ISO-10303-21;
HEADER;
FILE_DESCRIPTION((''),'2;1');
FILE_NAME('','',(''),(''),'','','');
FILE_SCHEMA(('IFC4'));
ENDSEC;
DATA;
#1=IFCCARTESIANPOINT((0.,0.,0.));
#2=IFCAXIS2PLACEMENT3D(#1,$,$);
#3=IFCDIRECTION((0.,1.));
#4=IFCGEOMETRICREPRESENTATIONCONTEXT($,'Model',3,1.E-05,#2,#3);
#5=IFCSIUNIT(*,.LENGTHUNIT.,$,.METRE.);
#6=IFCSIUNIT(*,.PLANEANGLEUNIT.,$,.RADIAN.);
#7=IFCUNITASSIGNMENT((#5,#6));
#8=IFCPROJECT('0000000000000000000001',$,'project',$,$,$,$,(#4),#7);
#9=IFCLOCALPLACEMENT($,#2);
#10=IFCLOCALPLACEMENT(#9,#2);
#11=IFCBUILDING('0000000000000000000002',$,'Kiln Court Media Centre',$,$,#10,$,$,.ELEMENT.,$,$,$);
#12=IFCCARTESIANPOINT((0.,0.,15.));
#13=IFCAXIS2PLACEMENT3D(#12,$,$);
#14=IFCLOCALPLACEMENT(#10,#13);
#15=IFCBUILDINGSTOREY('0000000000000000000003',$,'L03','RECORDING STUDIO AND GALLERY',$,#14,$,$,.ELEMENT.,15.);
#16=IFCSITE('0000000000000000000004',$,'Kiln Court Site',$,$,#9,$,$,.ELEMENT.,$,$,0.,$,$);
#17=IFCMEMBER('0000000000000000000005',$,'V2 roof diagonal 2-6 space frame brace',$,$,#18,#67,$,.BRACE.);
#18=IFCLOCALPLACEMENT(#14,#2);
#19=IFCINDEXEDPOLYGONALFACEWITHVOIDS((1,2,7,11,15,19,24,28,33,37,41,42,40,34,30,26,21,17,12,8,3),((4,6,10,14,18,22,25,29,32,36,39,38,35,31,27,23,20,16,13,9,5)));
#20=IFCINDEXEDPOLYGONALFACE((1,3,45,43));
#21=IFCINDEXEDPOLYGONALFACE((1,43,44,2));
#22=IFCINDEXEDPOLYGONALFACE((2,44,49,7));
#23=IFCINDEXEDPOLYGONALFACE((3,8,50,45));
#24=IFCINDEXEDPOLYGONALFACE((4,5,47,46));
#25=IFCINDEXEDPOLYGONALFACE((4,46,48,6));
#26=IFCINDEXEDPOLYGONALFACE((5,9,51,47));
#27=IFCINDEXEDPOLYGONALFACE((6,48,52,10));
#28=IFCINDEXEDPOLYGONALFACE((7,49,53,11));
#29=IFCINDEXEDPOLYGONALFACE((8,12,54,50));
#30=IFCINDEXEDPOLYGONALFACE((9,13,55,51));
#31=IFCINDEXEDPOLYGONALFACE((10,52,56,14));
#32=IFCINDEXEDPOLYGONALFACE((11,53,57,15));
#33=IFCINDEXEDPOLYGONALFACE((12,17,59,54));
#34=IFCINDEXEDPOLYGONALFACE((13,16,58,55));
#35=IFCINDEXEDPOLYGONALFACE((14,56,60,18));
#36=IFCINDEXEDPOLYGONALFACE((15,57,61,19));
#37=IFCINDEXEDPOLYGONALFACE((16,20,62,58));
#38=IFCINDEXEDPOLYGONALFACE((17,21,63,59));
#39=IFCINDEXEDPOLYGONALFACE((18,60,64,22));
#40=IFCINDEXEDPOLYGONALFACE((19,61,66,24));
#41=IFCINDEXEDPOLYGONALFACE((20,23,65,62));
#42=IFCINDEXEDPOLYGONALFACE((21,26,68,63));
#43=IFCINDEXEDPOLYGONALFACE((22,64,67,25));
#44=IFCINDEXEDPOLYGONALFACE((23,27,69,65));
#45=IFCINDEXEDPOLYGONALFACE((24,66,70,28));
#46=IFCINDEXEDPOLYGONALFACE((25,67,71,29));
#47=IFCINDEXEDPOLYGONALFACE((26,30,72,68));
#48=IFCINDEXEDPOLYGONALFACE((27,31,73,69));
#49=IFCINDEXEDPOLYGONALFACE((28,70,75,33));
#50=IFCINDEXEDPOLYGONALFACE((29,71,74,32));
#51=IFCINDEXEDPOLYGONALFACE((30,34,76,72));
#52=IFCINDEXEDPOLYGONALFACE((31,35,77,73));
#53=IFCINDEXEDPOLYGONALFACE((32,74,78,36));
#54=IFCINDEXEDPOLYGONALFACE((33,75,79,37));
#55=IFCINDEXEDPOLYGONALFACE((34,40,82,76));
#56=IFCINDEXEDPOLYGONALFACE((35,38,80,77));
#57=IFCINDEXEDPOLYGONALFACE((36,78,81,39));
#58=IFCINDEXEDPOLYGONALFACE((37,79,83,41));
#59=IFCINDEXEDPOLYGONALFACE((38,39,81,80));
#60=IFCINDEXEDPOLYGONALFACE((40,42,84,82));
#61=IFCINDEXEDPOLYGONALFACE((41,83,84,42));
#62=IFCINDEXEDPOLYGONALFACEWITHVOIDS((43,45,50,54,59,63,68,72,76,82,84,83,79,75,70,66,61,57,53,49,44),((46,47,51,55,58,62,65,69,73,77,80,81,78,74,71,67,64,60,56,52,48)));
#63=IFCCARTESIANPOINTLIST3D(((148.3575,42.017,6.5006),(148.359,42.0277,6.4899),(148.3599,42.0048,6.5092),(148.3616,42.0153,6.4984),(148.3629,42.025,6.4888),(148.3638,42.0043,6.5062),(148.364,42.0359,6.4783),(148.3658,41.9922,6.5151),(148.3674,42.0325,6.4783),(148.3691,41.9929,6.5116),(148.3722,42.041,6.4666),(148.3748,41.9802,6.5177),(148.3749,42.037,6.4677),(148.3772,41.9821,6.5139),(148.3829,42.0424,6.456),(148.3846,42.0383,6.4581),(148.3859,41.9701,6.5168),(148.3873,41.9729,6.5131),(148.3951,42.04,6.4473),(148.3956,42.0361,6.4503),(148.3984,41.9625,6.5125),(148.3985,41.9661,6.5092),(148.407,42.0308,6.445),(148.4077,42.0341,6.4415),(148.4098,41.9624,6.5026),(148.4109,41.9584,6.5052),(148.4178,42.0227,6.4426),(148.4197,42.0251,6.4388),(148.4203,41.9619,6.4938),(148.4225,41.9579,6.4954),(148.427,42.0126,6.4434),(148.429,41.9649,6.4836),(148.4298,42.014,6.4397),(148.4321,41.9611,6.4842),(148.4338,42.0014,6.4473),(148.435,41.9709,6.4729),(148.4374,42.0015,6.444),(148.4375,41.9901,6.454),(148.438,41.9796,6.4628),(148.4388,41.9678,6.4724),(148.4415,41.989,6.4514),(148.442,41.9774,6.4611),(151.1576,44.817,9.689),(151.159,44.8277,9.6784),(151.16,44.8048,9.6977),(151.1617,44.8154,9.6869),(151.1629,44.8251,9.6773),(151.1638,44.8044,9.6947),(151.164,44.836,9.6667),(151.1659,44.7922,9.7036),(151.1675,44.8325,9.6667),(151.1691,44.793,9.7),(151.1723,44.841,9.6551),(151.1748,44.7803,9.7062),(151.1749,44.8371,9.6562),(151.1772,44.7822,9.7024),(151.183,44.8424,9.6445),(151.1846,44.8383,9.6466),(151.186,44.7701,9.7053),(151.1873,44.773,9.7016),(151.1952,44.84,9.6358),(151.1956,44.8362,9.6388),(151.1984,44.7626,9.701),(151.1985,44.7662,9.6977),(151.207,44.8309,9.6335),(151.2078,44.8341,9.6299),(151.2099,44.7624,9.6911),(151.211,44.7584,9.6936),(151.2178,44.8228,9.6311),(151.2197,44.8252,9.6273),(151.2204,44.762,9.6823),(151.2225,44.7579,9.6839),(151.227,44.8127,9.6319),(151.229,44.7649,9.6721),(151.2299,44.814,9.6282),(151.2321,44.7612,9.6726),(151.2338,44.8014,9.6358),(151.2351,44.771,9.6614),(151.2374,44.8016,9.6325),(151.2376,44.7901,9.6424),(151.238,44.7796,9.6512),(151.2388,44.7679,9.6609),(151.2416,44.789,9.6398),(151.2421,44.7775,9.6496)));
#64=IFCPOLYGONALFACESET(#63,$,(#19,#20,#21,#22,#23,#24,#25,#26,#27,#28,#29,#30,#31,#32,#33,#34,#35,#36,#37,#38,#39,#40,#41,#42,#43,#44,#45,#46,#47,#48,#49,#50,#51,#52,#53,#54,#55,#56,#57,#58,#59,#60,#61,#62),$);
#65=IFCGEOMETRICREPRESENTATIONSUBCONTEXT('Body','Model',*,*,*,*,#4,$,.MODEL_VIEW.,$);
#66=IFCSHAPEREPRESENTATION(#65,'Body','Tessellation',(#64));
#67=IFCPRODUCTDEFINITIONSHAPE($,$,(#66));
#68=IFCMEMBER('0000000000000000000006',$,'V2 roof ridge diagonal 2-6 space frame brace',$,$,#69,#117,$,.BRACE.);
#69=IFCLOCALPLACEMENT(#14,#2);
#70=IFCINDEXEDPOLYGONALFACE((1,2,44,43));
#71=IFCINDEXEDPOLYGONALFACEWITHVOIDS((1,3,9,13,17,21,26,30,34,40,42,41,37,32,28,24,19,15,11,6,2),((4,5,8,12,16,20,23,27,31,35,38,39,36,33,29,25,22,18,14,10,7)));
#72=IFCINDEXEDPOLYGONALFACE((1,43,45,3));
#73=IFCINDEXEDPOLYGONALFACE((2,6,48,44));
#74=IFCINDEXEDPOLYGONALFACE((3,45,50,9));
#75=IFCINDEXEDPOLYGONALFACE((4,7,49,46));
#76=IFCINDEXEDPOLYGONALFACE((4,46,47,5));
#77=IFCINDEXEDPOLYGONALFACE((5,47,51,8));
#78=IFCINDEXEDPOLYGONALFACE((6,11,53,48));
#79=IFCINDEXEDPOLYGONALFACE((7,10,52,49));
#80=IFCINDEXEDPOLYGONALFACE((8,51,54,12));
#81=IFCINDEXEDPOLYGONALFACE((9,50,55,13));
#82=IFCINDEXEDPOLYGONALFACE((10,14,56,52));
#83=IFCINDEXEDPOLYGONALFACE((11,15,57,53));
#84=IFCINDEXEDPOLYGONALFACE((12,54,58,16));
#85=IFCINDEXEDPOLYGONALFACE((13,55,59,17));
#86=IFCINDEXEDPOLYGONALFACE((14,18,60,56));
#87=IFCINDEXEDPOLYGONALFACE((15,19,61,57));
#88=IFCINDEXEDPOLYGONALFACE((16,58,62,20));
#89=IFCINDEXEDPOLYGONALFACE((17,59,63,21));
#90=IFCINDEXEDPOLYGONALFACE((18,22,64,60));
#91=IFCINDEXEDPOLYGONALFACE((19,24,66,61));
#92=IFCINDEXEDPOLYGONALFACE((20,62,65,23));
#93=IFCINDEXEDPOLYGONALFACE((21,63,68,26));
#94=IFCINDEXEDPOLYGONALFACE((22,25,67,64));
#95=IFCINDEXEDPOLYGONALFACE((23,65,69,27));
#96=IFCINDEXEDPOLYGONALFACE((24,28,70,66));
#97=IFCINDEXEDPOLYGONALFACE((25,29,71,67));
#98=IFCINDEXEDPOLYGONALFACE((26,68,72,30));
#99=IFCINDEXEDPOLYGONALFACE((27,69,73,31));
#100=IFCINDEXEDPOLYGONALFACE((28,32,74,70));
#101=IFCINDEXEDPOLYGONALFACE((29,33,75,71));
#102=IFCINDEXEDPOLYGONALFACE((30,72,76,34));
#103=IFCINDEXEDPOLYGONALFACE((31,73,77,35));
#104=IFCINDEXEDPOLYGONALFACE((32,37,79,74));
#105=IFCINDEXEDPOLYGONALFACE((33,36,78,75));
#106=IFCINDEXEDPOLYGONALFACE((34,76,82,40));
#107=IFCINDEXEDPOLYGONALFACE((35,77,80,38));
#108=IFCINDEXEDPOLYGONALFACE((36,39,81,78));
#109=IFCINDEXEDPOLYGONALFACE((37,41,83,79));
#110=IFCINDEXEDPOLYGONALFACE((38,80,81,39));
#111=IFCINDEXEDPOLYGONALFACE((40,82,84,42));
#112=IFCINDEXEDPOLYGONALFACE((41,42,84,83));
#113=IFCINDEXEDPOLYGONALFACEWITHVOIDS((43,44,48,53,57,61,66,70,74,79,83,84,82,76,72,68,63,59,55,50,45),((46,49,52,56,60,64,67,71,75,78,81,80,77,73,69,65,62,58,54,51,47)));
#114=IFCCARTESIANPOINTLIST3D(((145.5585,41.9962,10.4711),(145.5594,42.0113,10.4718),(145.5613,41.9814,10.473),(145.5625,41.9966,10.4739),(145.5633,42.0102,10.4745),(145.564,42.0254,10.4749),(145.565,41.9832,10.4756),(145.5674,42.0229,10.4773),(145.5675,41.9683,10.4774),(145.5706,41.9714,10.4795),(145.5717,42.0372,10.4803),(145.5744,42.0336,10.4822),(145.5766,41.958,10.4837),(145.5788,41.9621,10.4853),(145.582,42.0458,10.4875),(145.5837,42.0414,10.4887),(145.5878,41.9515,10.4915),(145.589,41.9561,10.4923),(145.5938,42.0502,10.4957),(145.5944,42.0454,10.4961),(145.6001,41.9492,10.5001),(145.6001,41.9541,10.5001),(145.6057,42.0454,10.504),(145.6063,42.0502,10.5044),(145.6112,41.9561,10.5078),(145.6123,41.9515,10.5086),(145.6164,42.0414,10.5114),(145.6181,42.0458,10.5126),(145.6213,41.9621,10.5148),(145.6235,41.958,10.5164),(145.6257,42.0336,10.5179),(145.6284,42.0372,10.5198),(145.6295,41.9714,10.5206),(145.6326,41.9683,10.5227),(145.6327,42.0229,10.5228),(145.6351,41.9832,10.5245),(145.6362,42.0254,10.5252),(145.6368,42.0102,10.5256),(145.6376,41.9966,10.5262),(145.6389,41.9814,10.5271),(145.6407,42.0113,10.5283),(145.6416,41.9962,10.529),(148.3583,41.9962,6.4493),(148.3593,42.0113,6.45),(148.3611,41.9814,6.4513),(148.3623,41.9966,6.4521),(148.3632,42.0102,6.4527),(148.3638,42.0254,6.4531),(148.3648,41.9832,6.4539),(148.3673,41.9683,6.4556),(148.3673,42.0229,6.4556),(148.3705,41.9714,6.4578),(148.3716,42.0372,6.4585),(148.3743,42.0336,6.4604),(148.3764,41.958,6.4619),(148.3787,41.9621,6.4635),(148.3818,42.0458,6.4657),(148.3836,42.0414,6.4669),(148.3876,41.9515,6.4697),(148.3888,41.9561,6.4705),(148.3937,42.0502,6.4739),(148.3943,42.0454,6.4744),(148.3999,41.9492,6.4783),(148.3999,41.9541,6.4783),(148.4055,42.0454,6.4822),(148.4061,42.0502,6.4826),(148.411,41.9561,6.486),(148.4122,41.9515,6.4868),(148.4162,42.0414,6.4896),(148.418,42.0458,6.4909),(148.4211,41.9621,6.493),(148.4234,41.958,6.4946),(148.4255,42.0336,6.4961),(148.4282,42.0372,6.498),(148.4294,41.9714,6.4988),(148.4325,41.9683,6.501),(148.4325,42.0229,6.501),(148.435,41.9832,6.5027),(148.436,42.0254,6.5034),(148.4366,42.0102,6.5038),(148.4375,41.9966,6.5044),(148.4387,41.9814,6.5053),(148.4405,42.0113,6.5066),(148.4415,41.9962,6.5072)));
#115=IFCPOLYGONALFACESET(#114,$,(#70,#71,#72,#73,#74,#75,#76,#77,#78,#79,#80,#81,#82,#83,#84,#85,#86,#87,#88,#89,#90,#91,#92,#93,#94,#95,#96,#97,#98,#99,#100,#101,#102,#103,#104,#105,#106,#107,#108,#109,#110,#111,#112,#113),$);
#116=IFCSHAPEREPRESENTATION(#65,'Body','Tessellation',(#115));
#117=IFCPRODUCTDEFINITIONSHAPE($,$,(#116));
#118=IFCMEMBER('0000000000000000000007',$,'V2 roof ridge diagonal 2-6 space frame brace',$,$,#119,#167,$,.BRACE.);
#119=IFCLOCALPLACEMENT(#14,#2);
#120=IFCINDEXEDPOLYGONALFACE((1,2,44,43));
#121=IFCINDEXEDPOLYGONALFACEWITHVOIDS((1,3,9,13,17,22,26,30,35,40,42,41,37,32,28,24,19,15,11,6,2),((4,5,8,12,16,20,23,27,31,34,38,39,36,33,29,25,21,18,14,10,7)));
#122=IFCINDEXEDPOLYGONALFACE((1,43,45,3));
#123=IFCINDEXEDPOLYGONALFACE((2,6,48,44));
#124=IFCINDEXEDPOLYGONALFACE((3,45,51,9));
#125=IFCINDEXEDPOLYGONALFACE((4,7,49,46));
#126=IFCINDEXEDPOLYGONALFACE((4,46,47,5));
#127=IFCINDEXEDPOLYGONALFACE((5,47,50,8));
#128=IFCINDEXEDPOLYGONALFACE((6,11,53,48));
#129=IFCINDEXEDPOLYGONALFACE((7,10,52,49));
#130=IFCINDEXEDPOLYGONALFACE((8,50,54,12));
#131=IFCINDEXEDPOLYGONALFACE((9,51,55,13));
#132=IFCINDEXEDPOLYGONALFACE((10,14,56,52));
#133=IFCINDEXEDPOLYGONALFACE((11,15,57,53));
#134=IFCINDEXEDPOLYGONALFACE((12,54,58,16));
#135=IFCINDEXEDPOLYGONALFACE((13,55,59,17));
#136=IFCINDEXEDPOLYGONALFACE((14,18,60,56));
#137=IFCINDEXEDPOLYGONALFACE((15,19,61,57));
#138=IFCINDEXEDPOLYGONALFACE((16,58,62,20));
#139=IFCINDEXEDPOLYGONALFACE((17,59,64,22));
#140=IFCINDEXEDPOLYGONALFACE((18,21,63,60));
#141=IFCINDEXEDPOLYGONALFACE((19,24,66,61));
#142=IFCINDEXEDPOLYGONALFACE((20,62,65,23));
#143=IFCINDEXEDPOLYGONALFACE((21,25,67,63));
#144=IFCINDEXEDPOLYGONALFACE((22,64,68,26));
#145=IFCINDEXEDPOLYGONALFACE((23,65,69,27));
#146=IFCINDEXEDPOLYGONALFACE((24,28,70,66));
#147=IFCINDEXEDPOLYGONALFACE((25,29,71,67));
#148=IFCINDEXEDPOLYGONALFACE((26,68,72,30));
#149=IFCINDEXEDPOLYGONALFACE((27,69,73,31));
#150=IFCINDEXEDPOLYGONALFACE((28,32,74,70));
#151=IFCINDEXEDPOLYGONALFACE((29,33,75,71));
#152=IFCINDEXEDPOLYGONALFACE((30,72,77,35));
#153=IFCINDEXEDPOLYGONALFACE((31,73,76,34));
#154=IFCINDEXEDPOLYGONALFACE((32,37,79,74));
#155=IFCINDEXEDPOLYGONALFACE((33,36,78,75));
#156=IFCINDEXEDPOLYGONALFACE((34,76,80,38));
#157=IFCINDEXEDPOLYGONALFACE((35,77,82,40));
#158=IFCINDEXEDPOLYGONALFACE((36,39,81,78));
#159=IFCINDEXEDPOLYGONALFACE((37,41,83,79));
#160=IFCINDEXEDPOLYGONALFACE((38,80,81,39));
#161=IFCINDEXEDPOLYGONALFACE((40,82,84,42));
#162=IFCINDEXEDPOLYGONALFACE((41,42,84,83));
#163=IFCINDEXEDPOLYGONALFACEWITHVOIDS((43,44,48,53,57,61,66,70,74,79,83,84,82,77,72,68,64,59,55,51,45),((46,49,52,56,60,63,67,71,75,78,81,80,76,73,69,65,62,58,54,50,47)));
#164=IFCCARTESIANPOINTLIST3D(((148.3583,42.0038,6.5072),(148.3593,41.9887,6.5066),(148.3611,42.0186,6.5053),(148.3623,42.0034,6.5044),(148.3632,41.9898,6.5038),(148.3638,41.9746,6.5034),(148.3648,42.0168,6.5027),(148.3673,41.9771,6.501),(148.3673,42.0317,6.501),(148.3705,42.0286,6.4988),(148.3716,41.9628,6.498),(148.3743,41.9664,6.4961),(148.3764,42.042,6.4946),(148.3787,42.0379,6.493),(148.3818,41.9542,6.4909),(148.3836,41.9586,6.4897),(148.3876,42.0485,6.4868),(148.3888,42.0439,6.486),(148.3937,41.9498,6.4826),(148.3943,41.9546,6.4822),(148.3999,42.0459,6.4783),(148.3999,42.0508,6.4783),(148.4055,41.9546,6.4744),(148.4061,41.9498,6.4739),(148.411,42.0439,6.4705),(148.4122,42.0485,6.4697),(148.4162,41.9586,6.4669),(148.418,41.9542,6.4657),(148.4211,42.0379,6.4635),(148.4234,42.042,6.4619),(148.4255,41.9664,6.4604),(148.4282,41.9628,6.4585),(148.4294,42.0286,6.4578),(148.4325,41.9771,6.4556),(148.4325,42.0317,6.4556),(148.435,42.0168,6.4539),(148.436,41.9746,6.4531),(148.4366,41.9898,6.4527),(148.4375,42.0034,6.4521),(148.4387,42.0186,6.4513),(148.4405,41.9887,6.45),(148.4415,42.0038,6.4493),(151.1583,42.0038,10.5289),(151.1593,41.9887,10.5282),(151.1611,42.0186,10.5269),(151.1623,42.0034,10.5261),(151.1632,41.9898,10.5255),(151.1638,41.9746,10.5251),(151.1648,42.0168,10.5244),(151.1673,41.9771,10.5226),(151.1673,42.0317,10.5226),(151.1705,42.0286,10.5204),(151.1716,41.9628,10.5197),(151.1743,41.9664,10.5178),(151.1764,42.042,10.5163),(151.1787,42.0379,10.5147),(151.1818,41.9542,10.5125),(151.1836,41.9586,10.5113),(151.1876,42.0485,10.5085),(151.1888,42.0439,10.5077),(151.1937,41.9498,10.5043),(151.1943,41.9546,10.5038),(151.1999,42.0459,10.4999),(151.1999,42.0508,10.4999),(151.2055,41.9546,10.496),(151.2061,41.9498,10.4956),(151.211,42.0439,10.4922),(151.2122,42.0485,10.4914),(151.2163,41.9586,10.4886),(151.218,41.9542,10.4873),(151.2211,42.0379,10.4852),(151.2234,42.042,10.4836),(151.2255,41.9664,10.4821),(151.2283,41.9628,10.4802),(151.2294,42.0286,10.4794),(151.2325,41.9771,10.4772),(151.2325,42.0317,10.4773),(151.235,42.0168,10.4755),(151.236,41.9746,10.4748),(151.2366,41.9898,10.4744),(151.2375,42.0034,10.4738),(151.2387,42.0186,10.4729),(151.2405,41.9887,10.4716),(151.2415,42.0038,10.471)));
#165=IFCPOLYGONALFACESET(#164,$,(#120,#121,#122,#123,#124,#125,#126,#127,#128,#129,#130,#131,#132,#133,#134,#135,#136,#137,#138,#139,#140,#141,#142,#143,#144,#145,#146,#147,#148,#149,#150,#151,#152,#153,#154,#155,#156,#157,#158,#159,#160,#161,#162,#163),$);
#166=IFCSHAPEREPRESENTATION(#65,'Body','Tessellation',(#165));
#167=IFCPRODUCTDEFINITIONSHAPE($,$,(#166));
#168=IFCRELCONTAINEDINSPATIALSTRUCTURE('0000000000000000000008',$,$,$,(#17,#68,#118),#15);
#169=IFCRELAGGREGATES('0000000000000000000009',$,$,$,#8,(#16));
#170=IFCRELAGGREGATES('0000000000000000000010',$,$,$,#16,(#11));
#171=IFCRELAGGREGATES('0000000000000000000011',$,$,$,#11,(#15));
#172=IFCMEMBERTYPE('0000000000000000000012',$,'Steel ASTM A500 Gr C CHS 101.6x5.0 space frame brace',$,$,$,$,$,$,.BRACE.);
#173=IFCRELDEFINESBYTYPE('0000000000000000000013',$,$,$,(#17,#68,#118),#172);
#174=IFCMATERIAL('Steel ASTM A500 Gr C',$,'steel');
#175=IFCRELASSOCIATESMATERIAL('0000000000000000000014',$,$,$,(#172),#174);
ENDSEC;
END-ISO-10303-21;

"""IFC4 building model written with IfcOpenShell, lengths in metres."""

from ifc_helpers import new_model, si_unit, direction, frame, origin, origin_2d, place, context, subcontext, project, spatial, hollow_circle, extrude, material, material_profile, profile_set, type_object, element, save


model = new_model("IFC4")

# Units and contexts
model_context = context("Model", 3, precision=1e-05, world=origin(), true_north=direction((0.0, 1.0)))
body_context = subcontext(model_context, "Body", "Model", "MODEL_VIEW")
ifc_project = project(units=[si_unit("LENGTHUNIT", "METRE"), si_unit("PLANEANGLEUNIT", "RADIAN")], contexts=[model_context])

# Site, building, storey
site_placement = place(None, origin())
site = spatial("IfcSite", under=ifc_project, at=site_placement, Name="Kiln Court Site", CompositionType="ELEMENT", RefElevation=0.0)
building_placement = place(site_placement, origin())
building = spatial("IfcBuilding", under=site, at=building_placement, Name="Kiln Court Media Centre", CompositionType="ELEMENT")
storey_placement = place(building_placement, frame((0.0, 0.0, 15.0)))
storey = spatial("IfcBuildingStorey", under=building, at=storey_placement, Name="L03", Description="RECORDING STUDIO AND GALLERY", CompositionType="ELEMENT", Elevation=15.0)

# Members
ifc_material_1 = material(Name="Steel ASTM A500 Gr C", Category="steel")
ifc_material_profile_1 = material_profile(ifc_material_1, hollow_circle(Radius=0.0508, WallThickness=0.0049, at=origin_2d()), Name="CHS 101.6x5.0")
ifc_profile_set_1 = profile_set([ifc_material_profile_1], Name="Steel ASTM A500 Gr C")
member_type_1 = type_object("IfcMemberType", Name="Steel ASTM A500 Gr C CHS 101.6x5.0 space frame brace", PredefinedType="BRACE", material=ifc_profile_set_1)
member_1_placement = place(storey_placement, frame((148.3999, 42.0, 6.4783), z_axis=(0.550758, 0.550758, 0.627161), x_axis=(-0.707107, 0.707107, 0.0)))
element("IfcMember", 1, at=member_1_placement, inside=storey, type_object=member_type_1, Name="V2 roof diagonal 2-6 space frame brace", PredefinedType="BRACE", context=body_context, shape_type="SweptSolid", body=[
    extrude(hollow_circle(Radius=0.0508, WallThickness=0.0049, at=origin_2d()), origin(), (0.0, 0.0, 1.0), 5.084),
])
for number, where, z_axis, x_axis, name in (
    (2, (148.3999, 42.0, 6.4783), (-0.571351, 0.0, 0.820706), (0.0, -1.0, 0.0), "V2 roof ridge diagonal 2-6 space frame brace"),
    (3, (148.3999, 42.0, 6.4783), (0.571384, 0.0, 0.820683), (0.0, 1.0, 0.0), "V2 roof ridge diagonal 2-6 space frame brace"),
):
    element("IfcMember", number, at=place(storey_placement, frame(where, z_axis=z_axis, x_axis=x_axis)), inside=storey, type_object=member_type_1, Name=name, PredefinedType="BRACE", context=body_context, shape_type="SweptSolid", body=[
        extrude(hollow_circle(Radius=0.0508, WallThickness=0.0049, at=origin_2d()), origin(), (0.0, 0.0, 1.0), 4.9004),
    ])

save(model, "model.ifc")
